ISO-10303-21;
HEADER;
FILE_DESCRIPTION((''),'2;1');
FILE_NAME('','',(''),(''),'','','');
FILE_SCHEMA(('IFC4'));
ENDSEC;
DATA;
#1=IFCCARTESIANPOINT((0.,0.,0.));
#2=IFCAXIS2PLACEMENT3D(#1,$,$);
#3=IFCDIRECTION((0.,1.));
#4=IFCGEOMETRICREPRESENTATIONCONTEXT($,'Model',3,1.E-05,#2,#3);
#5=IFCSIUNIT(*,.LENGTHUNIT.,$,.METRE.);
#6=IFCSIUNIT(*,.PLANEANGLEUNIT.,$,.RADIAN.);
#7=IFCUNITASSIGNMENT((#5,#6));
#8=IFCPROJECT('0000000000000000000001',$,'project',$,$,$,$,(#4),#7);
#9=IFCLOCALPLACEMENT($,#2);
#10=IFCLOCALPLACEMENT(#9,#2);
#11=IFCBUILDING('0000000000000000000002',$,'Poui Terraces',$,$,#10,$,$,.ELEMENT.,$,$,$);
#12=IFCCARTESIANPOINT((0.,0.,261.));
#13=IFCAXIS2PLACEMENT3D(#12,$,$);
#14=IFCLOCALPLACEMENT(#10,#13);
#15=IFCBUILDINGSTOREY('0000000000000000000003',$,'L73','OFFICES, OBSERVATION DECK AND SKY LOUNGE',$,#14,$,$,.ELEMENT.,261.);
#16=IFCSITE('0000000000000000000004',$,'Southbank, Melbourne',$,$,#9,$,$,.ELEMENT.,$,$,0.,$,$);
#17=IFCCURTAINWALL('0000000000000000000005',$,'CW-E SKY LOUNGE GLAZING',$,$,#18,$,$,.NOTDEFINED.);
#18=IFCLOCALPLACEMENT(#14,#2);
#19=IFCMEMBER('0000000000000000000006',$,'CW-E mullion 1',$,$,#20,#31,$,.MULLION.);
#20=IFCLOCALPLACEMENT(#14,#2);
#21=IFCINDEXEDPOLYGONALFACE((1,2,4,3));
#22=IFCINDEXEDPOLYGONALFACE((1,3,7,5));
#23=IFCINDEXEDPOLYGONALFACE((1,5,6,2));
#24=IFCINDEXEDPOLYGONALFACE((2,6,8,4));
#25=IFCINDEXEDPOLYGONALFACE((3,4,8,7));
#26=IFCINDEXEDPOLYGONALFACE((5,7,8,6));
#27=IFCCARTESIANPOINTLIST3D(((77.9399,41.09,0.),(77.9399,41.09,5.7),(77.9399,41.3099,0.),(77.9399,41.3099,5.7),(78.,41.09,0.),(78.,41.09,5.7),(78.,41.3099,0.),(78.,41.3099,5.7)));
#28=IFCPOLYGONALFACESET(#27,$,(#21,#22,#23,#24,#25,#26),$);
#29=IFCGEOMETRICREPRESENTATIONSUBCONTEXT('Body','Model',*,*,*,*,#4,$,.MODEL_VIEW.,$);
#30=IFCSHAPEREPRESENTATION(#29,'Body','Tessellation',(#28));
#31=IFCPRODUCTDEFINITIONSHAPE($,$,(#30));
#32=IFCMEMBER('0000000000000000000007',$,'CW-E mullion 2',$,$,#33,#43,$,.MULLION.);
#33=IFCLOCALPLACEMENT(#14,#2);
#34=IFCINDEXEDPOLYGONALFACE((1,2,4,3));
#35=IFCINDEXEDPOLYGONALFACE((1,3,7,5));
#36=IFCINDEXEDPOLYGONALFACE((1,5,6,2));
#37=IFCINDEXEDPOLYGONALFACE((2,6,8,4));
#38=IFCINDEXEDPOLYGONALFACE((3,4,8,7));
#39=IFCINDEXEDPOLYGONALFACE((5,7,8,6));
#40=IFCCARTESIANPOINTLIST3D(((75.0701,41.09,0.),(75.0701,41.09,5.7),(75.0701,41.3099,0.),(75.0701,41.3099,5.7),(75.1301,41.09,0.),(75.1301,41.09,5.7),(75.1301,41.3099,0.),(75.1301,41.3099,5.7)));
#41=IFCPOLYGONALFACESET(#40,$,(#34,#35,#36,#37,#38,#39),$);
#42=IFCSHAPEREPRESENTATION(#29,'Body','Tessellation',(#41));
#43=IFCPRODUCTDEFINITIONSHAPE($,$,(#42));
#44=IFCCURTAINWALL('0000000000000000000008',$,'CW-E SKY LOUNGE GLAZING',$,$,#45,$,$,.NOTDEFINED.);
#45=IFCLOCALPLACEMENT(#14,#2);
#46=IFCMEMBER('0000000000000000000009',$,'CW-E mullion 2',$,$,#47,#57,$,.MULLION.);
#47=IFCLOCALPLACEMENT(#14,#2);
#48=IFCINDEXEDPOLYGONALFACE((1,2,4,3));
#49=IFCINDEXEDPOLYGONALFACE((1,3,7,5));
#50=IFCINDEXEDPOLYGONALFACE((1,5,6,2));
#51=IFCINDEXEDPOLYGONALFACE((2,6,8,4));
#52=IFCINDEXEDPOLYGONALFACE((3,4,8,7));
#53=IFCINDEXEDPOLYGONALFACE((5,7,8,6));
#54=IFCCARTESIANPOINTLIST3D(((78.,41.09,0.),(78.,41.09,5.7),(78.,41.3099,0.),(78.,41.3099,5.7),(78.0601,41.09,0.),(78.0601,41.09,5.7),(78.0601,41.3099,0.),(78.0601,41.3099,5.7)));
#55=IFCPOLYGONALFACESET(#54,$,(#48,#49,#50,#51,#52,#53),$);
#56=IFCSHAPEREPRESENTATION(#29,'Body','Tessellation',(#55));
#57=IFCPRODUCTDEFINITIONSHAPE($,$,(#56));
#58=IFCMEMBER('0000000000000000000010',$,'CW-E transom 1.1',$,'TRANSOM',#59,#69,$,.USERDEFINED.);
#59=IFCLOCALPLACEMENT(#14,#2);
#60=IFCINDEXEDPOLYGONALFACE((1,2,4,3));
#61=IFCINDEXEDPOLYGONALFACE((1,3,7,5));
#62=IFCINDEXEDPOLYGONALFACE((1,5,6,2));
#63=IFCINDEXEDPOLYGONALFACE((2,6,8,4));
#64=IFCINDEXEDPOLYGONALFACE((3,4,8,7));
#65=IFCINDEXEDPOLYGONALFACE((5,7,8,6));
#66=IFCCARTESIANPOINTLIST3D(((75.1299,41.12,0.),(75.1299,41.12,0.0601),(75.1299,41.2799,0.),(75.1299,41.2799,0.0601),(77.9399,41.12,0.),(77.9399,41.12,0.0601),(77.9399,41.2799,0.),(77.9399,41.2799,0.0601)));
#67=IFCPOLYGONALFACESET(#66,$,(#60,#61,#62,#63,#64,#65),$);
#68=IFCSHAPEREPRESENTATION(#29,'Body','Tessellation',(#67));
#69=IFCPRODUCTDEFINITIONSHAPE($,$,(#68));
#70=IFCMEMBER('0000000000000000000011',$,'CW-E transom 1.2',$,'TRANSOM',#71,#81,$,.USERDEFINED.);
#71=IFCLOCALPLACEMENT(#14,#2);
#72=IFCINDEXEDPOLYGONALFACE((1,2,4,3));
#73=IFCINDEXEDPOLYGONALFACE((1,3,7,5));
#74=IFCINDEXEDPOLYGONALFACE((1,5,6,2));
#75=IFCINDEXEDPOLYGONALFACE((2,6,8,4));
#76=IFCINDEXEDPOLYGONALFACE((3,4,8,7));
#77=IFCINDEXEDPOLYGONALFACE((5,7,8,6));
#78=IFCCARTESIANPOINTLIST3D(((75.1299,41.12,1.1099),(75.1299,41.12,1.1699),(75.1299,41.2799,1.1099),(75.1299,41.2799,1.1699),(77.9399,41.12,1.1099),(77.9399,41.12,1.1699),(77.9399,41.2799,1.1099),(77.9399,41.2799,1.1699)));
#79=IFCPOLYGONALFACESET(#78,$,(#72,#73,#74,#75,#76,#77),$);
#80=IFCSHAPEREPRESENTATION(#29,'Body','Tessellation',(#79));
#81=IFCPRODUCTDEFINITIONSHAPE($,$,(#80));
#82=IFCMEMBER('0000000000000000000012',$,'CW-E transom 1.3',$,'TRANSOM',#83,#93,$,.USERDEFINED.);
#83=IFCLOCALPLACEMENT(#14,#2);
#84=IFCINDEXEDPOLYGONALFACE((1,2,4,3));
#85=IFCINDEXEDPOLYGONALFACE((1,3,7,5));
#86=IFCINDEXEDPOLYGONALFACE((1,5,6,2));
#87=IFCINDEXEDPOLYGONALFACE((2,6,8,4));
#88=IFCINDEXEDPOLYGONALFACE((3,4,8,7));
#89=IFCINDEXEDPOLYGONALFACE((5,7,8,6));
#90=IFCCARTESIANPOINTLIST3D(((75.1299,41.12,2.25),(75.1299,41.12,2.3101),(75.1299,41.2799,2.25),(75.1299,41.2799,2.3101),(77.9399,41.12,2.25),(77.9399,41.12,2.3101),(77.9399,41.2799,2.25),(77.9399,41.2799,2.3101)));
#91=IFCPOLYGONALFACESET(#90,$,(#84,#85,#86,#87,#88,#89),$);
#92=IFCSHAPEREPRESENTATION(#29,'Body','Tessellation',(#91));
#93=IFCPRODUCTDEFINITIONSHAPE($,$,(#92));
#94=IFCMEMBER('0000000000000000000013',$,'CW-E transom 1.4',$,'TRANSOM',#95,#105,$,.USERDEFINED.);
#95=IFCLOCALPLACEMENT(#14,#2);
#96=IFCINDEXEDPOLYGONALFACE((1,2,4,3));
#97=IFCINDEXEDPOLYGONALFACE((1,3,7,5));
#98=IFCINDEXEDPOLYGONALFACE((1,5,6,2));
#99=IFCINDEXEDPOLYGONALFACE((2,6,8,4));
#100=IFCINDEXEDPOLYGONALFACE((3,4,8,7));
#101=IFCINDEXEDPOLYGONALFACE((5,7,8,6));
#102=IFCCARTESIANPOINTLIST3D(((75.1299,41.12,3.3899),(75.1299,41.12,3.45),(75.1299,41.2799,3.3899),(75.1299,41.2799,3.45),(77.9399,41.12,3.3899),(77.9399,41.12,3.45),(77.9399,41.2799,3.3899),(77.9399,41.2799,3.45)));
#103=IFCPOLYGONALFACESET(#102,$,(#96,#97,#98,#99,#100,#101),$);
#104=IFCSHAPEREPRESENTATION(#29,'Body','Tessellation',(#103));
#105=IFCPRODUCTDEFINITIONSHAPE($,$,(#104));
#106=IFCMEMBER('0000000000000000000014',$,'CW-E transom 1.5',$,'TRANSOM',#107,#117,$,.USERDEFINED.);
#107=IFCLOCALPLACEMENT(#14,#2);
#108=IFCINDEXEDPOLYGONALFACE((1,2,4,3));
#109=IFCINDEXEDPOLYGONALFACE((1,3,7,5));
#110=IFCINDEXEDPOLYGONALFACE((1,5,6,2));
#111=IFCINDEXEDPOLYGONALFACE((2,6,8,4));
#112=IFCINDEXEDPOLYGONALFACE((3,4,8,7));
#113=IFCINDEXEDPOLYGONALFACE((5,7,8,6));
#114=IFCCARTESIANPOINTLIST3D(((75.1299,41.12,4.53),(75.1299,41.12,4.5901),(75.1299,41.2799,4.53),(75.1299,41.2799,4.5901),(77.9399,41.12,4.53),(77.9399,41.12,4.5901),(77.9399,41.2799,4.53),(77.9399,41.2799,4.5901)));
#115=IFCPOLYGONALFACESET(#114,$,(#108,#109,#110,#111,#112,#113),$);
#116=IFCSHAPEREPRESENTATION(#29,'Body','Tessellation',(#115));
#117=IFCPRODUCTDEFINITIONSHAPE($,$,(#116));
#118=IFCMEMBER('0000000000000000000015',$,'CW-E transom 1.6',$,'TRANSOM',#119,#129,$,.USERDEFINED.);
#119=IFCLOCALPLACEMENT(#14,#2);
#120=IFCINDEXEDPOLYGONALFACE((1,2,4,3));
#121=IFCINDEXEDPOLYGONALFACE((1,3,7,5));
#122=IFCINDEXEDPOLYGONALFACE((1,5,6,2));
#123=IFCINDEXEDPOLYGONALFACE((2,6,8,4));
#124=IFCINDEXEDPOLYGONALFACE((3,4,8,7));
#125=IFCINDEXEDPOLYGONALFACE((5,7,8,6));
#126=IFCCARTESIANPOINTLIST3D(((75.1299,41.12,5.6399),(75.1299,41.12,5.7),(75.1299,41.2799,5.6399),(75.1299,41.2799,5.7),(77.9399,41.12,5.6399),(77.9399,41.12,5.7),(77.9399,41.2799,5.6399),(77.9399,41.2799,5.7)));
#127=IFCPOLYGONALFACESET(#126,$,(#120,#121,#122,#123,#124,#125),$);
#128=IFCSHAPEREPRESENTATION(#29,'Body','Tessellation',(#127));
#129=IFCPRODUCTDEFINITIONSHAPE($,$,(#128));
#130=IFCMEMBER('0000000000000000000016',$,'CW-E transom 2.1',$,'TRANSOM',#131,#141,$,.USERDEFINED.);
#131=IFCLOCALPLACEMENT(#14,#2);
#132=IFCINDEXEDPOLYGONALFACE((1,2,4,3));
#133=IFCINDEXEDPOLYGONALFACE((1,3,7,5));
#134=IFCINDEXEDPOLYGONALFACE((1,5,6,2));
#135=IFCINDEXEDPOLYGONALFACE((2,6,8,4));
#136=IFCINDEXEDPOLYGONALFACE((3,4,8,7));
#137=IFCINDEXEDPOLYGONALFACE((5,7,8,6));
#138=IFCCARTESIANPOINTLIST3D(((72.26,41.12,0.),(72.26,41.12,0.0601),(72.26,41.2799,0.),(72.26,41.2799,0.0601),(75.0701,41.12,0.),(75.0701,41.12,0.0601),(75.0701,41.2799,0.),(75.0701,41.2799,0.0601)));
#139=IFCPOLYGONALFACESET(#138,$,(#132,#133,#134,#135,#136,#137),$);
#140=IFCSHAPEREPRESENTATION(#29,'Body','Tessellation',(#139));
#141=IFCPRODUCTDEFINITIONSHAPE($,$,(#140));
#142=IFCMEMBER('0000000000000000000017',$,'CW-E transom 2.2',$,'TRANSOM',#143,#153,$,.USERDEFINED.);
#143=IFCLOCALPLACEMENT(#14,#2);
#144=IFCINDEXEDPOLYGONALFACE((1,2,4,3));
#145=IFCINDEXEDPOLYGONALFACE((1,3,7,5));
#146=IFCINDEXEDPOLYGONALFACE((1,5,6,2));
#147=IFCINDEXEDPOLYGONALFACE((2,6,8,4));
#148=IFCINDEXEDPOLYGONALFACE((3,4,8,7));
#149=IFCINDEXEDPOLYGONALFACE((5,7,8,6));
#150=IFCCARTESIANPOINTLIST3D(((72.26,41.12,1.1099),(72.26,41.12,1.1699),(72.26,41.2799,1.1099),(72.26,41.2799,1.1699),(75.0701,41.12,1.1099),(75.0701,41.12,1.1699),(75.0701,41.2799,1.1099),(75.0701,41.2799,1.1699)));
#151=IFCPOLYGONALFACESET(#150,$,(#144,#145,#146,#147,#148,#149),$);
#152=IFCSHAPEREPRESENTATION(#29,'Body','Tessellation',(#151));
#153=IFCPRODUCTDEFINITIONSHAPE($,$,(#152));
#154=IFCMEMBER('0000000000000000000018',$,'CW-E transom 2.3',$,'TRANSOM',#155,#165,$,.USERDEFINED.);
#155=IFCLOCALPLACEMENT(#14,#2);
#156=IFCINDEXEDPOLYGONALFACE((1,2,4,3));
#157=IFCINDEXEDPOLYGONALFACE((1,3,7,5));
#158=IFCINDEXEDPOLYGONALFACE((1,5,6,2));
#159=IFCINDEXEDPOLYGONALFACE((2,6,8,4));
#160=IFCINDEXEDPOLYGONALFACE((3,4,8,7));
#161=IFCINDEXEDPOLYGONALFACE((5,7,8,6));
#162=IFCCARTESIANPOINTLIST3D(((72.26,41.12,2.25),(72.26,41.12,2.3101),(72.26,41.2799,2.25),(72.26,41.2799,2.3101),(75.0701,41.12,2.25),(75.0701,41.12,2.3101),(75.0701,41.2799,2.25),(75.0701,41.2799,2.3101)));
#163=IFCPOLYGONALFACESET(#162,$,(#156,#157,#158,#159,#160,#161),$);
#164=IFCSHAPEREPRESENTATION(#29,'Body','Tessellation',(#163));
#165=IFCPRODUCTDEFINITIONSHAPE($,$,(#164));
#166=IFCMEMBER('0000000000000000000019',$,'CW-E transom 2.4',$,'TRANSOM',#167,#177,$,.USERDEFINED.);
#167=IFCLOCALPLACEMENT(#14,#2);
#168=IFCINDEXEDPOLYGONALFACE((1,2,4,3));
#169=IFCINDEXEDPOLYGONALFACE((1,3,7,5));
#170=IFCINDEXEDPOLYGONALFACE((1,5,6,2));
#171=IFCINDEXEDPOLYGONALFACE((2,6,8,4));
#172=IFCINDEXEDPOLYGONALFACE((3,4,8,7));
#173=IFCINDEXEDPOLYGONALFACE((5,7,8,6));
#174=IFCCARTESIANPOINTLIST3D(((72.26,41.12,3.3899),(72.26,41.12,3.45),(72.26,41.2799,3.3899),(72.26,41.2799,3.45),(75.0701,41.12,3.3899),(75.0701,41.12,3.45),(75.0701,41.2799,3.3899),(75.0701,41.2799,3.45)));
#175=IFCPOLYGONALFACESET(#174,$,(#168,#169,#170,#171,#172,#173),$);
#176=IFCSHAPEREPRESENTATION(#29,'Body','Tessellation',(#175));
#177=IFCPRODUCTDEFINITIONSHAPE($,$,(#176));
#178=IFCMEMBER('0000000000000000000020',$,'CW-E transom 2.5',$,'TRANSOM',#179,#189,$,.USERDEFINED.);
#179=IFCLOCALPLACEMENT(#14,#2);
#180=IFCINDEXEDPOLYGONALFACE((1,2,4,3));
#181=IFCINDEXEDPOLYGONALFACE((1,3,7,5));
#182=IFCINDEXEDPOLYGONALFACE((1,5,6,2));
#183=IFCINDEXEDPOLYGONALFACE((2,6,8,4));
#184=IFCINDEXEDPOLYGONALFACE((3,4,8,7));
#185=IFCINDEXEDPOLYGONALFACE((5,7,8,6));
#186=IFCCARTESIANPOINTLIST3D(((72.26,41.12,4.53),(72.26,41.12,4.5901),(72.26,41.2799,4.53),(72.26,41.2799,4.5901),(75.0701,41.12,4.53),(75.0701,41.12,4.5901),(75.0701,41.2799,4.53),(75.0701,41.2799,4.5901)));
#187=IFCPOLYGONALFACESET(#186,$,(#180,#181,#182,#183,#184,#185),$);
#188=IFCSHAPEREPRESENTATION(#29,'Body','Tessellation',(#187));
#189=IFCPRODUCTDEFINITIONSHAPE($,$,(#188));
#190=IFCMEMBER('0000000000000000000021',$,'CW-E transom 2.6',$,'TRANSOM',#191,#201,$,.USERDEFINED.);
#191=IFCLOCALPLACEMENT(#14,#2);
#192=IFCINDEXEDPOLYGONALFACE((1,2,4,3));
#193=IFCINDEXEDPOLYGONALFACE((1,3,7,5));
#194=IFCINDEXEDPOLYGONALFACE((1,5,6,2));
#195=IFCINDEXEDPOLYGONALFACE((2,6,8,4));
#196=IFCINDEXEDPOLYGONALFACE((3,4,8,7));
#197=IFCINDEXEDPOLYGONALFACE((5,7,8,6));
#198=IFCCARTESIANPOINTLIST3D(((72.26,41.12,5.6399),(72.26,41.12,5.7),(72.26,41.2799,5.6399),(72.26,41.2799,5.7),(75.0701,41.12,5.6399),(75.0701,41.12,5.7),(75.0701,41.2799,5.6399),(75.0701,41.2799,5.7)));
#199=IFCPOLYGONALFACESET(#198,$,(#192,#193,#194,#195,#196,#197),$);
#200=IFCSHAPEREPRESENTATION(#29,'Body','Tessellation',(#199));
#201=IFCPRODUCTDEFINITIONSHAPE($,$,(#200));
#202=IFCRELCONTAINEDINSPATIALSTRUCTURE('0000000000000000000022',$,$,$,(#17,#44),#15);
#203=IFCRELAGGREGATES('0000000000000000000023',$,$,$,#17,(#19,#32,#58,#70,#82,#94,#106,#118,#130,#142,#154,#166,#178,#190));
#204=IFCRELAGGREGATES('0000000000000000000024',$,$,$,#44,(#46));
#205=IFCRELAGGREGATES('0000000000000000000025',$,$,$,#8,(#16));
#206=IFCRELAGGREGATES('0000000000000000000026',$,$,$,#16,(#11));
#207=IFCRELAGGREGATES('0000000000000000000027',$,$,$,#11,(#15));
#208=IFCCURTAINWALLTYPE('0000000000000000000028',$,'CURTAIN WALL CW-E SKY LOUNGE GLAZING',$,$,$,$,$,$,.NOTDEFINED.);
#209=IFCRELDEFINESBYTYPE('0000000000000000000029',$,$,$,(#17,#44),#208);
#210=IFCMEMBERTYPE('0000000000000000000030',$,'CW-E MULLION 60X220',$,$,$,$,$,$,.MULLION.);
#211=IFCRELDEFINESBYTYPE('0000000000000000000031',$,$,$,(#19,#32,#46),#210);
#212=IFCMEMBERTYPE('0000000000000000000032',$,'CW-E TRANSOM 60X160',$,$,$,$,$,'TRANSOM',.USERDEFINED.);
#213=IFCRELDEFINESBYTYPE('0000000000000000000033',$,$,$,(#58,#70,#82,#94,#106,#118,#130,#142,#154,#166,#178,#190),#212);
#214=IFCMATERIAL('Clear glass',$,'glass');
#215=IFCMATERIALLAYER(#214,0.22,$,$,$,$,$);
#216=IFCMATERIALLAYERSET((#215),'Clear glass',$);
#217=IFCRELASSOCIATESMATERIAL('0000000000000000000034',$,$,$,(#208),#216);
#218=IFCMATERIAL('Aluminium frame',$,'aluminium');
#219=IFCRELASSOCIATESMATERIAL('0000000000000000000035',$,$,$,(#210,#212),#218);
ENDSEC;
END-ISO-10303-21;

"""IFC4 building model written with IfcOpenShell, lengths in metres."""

from ifc_helpers import new_model, si_unit, direction, frame, origin, origin_2d, place, context, subcontext, project, spatial, rectangle, extrude, material, layer, layer_set, material_profile, profile_set, type_object, element, aggregate, save


model = new_model("IFC4")

# Units and contexts
model_context = context("Model", 3, precision=1e-05, world=origin(), true_north=direction((0.0, 1.0)))
body_context = subcontext(model_context, "Body", "Model", "MODEL_VIEW")
ifc_project = project(units=[si_unit("LENGTHUNIT", "METRE"), si_unit("PLANEANGLEUNIT", "RADIAN")], contexts=[model_context])

# Site, building, storey
site_placement = place(None, origin())
site = spatial("IfcSite", under=ifc_project, at=site_placement, Name="Southbank, Melbourne", CompositionType="ELEMENT", RefElevation=0.0)
building_placement = place(site_placement, origin())
building = spatial("IfcBuilding", under=site, at=building_placement, Name="Poui Terraces", CompositionType="ELEMENT")
storey_placement = place(building_placement, frame((0.0, 0.0, 261.0)))
storey = spatial("IfcBuildingStorey", under=building, at=storey_placement, Name="L73", Description="OFFICES, OBSERVATION DECK AND SKY LOUNGE", CompositionType="ELEMENT", Elevation=261.0)

# Curtain wall, members
ifc_material_1 = material(Name="Clear glass", Category="glass")
ifc_layer_1 = layer(ifc_material_1, 0.22)
ifc_layer_set_1 = layer_set([ifc_layer_1], Name="Clear glass")
curtain_wall_type = type_object("IfcCurtainWallType", Name="CURTAIN WALL CW-E SKY LOUNGE GLAZING", PredefinedType="NOTDEFINED", material=ifc_layer_set_1)
curtain_wall_1_placement = place(storey_placement, origin())
curtain_wall_1 = element("IfcCurtainWall", 1, at=curtain_wall_1_placement, inside=storey, type_object=curtain_wall_type, Name="CW-E SKY LOUNGE GLAZING", PredefinedType="NOTDEFINED")
ifc_material_2 = material(Name="Aluminium frame", Category="aluminium")
ifc_material_profile_1 = material_profile(ifc_material_2, rectangle(XDim=0.22, YDim=0.0601, at=origin_2d()), Name="CW-E MULLION 60X220")
ifc_profile_set_1 = profile_set([ifc_material_profile_1], Name="Aluminium frame")
member_type_1 = type_object("IfcMemberType", Name="CW-E MULLION 60X220", PredefinedType="MULLION", material=ifc_profile_set_1)
member_1_placement = place(storey_placement, frame((77.97, 41.2, 0.0), z_axis=(0.0, 0.0, 1.0), x_axis=(0.0, -1.0, 0.0)))
member_1 = element("IfcMember", 2, at=member_1_placement, type_object=member_type_1, Name="CW-E mullion 1", PredefinedType="MULLION", context=body_context, shape_type="SweptSolid", body=[
    extrude(rectangle(XDim=0.22, YDim=0.0601, at=origin_2d()), origin(), (0.0, 0.0, 1.0), 5.7),
])
member_2_placement = place(storey_placement, frame((75.1001, 41.2, 0.0), z_axis=(0.0, 0.0, 1.0), x_axis=(0.0, -1.0, 0.0)))
member_2 = element("IfcMember", 3, at=member_2_placement, type_object=member_type_1, Name="CW-E mullion 2", PredefinedType="MULLION", context=body_context, shape_type="SweptSolid", body=[
    extrude(rectangle(XDim=0.22, YDim=0.0601, at=origin_2d()), origin(), (0.0, 0.0, 1.0), 5.7),
])

# Curtain wall, member
curtain_wall_2_placement = place(storey_placement, origin())
curtain_wall_2 = element("IfcCurtainWall", 4, at=curtain_wall_2_placement, inside=storey, type_object=curtain_wall_type, Name="CW-E SKY LOUNGE GLAZING", PredefinedType="NOTDEFINED")
member_3_placement = place(storey_placement, frame((78.03, 41.2, 0.0), z_axis=(0.0, 0.0, 1.0), x_axis=(0.0, -1.0, 0.0)))
member_3 = element("IfcMember", 5, at=member_3_placement, type_object=member_type_1, Name="CW-E mullion 2", PredefinedType="MULLION", context=body_context, shape_type="SweptSolid", body=[
    extrude(rectangle(XDim=0.22, YDim=0.0601, at=origin_2d()), origin(), (0.0, 0.0, 1.0), 5.7),
])

# Members
ifc_material_profile_2 = material_profile(ifc_material_2, rectangle(XDim=0.1599, YDim=0.0601, at=origin_2d()), Name="CW-E TRANSOM 60X160")
ifc_profile_set_2 = profile_set([ifc_material_profile_2], Name="Aluminium frame")
member_type_2 = type_object("IfcMemberType", Name="CW-E TRANSOM 60X160", ElementType="TRANSOM", PredefinedType="USERDEFINED", material=ifc_profile_set_2)
member_4_placement = place(storey_placement, frame((77.9399, 41.2, 0.03), z_axis=(-1.0, 0.0, 0.0), x_axis=(0.0, -1.0, 0.0)))
member_4 = element("IfcMember", 6, at=member_4_placement, type_object=member_type_2, Name="CW-E transom 1.1", ObjectType="TRANSOM", PredefinedType="USERDEFINED", context=body_context, shape_type="SweptSolid", body=[
    extrude(rectangle(XDim=0.1599, YDim=0.0601, at=origin_2d()), origin(), (0.0, 0.0, 1.0), 2.8101),
])
member_5_placement = place(storey_placement, frame((77.9399, 41.2, 1.1399), z_axis=(-1.0, 0.0, 0.0), x_axis=(0.0, -1.0, 0.0)))
member_5 = element("IfcMember", 7, at=member_5_placement, type_object=member_type_2, Name="CW-E transom 1.2", ObjectType="TRANSOM", PredefinedType="USERDEFINED", context=body_context, shape_type="SweptSolid", body=[
    extrude(rectangle(XDim=0.1599, YDim=0.0601, at=origin_2d()), origin(), (0.0, 0.0, 1.0), 2.8101),
])
member_6_placement = place(storey_placement, frame((77.9399, 41.2, 2.28), z_axis=(-1.0, 0.0, 0.0), x_axis=(0.0, -1.0, 0.0)))
member_6 = element("IfcMember", 8, at=member_6_placement, type_object=member_type_2, Name="CW-E transom 1.3", ObjectType="TRANSOM", PredefinedType="USERDEFINED", context=body_context, shape_type="SweptSolid", body=[
    extrude(rectangle(XDim=0.1599, YDim=0.0601, at=origin_2d()), origin(), (0.0, 0.0, 1.0), 2.8101),
])
member_7_placement = place(storey_placement, frame((77.9399, 41.2, 3.4199), z_axis=(-1.0, 0.0, 0.0), x_axis=(0.0, -1.0, 0.0)))
member_7 = element("IfcMember", 9, at=member_7_placement, type_object=member_type_2, Name="CW-E transom 1.4", ObjectType="TRANSOM", PredefinedType="USERDEFINED", context=body_context, shape_type="SweptSolid", body=[
    extrude(rectangle(XDim=0.1599, YDim=0.0601, at=origin_2d()), origin(), (0.0, 0.0, 1.0), 2.8101),
])
member_8_placement = place(storey_placement, frame((77.9399, 41.2, 4.5601), z_axis=(-1.0, 0.0, 0.0), x_axis=(0.0, -1.0, 0.0)))
member_8 = element("IfcMember", 10, at=member_8_placement, type_object=member_type_2, Name="CW-E transom 1.5", ObjectType="TRANSOM", PredefinedType="USERDEFINED", context=body_context, shape_type="SweptSolid", body=[
    extrude(rectangle(XDim=0.1599, YDim=0.0601, at=origin_2d()), origin(), (0.0, 0.0, 1.0), 2.8101),
])
member_9_placement = place(storey_placement, frame((77.9399, 41.2, 5.6699), z_axis=(-1.0, 0.0, 0.0), x_axis=(0.0, -1.0, 0.0)))
member_9 = element("IfcMember", 11, at=member_9_placement, type_object=member_type_2, Name="CW-E transom 1.6", ObjectType="TRANSOM", PredefinedType="USERDEFINED", context=body_context, shape_type="SweptSolid", body=[
    extrude(rectangle(XDim=0.1599, YDim=0.0601, at=origin_2d()), origin(), (0.0, 0.0, 1.0), 2.8101),
])
member_10_placement = place(storey_placement, frame((75.0701, 41.2, 0.03), z_axis=(-1.0, 0.0, 0.0), x_axis=(0.0, -1.0, 0.0)))
member_10 = element("IfcMember", 12, at=member_10_placement, type_object=member_type_2, Name="CW-E transom 2.1", ObjectType="TRANSOM", PredefinedType="USERDEFINED", context=body_context, shape_type="SweptSolid", body=[
    extrude(rectangle(XDim=0.1599, YDim=0.0601, at=origin_2d()), origin(), (0.0, 0.0, 1.0), 2.8101),
])
member_11_placement = place(storey_placement, frame((75.0701, 41.2, 1.1399), z_axis=(-1.0, 0.0, 0.0), x_axis=(0.0, -1.0, 0.0)))
member_11 = element("IfcMember", 13, at=member_11_placement, type_object=member_type_2, Name="CW-E transom 2.2", ObjectType="TRANSOM", PredefinedType="USERDEFINED", context=body_context, shape_type="SweptSolid", body=[
    extrude(rectangle(XDim=0.1599, YDim=0.0601, at=origin_2d()), origin(), (0.0, 0.0, 1.0), 2.8101),
])
member_12_placement = place(storey_placement, frame((75.0701, 41.2, 2.28), z_axis=(-1.0, 0.0, 0.0), x_axis=(0.0, -1.0, 0.0)))
member_12 = element("IfcMember", 14, at=member_12_placement, type_object=member_type_2, Name="CW-E transom 2.3", ObjectType="TRANSOM", PredefinedType="USERDEFINED", context=body_context, shape_type="SweptSolid", body=[
    extrude(rectangle(XDim=0.1599, YDim=0.0601, at=origin_2d()), origin(), (0.0, 0.0, 1.0), 2.8101),
])
member_13_placement = place(storey_placement, frame((75.0701, 41.2, 3.4199), z_axis=(-1.0, 0.0, 0.0), x_axis=(0.0, -1.0, 0.0)))
member_13 = element("IfcMember", 15, at=member_13_placement, type_object=member_type_2, Name="CW-E transom 2.4", ObjectType="TRANSOM", PredefinedType="USERDEFINED", context=body_context, shape_type="SweptSolid", body=[
    extrude(rectangle(XDim=0.1599, YDim=0.0601, at=origin_2d()), origin(), (0.0, 0.0, 1.0), 2.8101),
])
member_14_placement = place(storey_placement, frame((75.0701, 41.2, 4.5601), z_axis=(-1.0, 0.0, 0.0), x_axis=(0.0, -1.0, 0.0)))
member_14 = element("IfcMember", 16, at=member_14_placement, type_object=member_type_2, Name="CW-E transom 2.5", ObjectType="TRANSOM", PredefinedType="USERDEFINED", context=body_context, shape_type="SweptSolid", body=[
    extrude(rectangle(XDim=0.1599, YDim=0.0601, at=origin_2d()), origin(), (0.0, 0.0, 1.0), 2.8101),
])
member_15_placement = place(storey_placement, frame((75.0701, 41.2, 5.6699), z_axis=(-1.0, 0.0, 0.0), x_axis=(0.0, -1.0, 0.0)))
member_15 = element("IfcMember", 17, at=member_15_placement, type_object=member_type_2, Name="CW-E transom 2.6", ObjectType="TRANSOM", PredefinedType="USERDEFINED", context=body_context, shape_type="SweptSolid", body=[
    extrude(rectangle(XDim=0.1599, YDim=0.0601, at=origin_2d()), origin(), (0.0, 0.0, 1.0), 2.8101),
])

aggregate(curtain_wall_1, [member_1, member_2, member_4, member_5, member_6, member_7, member_8, member_9, member_10, member_11, member_12, member_13, member_14, member_15])
aggregate(curtain_wall_2, [member_3])

save(model, "model.ifc")
